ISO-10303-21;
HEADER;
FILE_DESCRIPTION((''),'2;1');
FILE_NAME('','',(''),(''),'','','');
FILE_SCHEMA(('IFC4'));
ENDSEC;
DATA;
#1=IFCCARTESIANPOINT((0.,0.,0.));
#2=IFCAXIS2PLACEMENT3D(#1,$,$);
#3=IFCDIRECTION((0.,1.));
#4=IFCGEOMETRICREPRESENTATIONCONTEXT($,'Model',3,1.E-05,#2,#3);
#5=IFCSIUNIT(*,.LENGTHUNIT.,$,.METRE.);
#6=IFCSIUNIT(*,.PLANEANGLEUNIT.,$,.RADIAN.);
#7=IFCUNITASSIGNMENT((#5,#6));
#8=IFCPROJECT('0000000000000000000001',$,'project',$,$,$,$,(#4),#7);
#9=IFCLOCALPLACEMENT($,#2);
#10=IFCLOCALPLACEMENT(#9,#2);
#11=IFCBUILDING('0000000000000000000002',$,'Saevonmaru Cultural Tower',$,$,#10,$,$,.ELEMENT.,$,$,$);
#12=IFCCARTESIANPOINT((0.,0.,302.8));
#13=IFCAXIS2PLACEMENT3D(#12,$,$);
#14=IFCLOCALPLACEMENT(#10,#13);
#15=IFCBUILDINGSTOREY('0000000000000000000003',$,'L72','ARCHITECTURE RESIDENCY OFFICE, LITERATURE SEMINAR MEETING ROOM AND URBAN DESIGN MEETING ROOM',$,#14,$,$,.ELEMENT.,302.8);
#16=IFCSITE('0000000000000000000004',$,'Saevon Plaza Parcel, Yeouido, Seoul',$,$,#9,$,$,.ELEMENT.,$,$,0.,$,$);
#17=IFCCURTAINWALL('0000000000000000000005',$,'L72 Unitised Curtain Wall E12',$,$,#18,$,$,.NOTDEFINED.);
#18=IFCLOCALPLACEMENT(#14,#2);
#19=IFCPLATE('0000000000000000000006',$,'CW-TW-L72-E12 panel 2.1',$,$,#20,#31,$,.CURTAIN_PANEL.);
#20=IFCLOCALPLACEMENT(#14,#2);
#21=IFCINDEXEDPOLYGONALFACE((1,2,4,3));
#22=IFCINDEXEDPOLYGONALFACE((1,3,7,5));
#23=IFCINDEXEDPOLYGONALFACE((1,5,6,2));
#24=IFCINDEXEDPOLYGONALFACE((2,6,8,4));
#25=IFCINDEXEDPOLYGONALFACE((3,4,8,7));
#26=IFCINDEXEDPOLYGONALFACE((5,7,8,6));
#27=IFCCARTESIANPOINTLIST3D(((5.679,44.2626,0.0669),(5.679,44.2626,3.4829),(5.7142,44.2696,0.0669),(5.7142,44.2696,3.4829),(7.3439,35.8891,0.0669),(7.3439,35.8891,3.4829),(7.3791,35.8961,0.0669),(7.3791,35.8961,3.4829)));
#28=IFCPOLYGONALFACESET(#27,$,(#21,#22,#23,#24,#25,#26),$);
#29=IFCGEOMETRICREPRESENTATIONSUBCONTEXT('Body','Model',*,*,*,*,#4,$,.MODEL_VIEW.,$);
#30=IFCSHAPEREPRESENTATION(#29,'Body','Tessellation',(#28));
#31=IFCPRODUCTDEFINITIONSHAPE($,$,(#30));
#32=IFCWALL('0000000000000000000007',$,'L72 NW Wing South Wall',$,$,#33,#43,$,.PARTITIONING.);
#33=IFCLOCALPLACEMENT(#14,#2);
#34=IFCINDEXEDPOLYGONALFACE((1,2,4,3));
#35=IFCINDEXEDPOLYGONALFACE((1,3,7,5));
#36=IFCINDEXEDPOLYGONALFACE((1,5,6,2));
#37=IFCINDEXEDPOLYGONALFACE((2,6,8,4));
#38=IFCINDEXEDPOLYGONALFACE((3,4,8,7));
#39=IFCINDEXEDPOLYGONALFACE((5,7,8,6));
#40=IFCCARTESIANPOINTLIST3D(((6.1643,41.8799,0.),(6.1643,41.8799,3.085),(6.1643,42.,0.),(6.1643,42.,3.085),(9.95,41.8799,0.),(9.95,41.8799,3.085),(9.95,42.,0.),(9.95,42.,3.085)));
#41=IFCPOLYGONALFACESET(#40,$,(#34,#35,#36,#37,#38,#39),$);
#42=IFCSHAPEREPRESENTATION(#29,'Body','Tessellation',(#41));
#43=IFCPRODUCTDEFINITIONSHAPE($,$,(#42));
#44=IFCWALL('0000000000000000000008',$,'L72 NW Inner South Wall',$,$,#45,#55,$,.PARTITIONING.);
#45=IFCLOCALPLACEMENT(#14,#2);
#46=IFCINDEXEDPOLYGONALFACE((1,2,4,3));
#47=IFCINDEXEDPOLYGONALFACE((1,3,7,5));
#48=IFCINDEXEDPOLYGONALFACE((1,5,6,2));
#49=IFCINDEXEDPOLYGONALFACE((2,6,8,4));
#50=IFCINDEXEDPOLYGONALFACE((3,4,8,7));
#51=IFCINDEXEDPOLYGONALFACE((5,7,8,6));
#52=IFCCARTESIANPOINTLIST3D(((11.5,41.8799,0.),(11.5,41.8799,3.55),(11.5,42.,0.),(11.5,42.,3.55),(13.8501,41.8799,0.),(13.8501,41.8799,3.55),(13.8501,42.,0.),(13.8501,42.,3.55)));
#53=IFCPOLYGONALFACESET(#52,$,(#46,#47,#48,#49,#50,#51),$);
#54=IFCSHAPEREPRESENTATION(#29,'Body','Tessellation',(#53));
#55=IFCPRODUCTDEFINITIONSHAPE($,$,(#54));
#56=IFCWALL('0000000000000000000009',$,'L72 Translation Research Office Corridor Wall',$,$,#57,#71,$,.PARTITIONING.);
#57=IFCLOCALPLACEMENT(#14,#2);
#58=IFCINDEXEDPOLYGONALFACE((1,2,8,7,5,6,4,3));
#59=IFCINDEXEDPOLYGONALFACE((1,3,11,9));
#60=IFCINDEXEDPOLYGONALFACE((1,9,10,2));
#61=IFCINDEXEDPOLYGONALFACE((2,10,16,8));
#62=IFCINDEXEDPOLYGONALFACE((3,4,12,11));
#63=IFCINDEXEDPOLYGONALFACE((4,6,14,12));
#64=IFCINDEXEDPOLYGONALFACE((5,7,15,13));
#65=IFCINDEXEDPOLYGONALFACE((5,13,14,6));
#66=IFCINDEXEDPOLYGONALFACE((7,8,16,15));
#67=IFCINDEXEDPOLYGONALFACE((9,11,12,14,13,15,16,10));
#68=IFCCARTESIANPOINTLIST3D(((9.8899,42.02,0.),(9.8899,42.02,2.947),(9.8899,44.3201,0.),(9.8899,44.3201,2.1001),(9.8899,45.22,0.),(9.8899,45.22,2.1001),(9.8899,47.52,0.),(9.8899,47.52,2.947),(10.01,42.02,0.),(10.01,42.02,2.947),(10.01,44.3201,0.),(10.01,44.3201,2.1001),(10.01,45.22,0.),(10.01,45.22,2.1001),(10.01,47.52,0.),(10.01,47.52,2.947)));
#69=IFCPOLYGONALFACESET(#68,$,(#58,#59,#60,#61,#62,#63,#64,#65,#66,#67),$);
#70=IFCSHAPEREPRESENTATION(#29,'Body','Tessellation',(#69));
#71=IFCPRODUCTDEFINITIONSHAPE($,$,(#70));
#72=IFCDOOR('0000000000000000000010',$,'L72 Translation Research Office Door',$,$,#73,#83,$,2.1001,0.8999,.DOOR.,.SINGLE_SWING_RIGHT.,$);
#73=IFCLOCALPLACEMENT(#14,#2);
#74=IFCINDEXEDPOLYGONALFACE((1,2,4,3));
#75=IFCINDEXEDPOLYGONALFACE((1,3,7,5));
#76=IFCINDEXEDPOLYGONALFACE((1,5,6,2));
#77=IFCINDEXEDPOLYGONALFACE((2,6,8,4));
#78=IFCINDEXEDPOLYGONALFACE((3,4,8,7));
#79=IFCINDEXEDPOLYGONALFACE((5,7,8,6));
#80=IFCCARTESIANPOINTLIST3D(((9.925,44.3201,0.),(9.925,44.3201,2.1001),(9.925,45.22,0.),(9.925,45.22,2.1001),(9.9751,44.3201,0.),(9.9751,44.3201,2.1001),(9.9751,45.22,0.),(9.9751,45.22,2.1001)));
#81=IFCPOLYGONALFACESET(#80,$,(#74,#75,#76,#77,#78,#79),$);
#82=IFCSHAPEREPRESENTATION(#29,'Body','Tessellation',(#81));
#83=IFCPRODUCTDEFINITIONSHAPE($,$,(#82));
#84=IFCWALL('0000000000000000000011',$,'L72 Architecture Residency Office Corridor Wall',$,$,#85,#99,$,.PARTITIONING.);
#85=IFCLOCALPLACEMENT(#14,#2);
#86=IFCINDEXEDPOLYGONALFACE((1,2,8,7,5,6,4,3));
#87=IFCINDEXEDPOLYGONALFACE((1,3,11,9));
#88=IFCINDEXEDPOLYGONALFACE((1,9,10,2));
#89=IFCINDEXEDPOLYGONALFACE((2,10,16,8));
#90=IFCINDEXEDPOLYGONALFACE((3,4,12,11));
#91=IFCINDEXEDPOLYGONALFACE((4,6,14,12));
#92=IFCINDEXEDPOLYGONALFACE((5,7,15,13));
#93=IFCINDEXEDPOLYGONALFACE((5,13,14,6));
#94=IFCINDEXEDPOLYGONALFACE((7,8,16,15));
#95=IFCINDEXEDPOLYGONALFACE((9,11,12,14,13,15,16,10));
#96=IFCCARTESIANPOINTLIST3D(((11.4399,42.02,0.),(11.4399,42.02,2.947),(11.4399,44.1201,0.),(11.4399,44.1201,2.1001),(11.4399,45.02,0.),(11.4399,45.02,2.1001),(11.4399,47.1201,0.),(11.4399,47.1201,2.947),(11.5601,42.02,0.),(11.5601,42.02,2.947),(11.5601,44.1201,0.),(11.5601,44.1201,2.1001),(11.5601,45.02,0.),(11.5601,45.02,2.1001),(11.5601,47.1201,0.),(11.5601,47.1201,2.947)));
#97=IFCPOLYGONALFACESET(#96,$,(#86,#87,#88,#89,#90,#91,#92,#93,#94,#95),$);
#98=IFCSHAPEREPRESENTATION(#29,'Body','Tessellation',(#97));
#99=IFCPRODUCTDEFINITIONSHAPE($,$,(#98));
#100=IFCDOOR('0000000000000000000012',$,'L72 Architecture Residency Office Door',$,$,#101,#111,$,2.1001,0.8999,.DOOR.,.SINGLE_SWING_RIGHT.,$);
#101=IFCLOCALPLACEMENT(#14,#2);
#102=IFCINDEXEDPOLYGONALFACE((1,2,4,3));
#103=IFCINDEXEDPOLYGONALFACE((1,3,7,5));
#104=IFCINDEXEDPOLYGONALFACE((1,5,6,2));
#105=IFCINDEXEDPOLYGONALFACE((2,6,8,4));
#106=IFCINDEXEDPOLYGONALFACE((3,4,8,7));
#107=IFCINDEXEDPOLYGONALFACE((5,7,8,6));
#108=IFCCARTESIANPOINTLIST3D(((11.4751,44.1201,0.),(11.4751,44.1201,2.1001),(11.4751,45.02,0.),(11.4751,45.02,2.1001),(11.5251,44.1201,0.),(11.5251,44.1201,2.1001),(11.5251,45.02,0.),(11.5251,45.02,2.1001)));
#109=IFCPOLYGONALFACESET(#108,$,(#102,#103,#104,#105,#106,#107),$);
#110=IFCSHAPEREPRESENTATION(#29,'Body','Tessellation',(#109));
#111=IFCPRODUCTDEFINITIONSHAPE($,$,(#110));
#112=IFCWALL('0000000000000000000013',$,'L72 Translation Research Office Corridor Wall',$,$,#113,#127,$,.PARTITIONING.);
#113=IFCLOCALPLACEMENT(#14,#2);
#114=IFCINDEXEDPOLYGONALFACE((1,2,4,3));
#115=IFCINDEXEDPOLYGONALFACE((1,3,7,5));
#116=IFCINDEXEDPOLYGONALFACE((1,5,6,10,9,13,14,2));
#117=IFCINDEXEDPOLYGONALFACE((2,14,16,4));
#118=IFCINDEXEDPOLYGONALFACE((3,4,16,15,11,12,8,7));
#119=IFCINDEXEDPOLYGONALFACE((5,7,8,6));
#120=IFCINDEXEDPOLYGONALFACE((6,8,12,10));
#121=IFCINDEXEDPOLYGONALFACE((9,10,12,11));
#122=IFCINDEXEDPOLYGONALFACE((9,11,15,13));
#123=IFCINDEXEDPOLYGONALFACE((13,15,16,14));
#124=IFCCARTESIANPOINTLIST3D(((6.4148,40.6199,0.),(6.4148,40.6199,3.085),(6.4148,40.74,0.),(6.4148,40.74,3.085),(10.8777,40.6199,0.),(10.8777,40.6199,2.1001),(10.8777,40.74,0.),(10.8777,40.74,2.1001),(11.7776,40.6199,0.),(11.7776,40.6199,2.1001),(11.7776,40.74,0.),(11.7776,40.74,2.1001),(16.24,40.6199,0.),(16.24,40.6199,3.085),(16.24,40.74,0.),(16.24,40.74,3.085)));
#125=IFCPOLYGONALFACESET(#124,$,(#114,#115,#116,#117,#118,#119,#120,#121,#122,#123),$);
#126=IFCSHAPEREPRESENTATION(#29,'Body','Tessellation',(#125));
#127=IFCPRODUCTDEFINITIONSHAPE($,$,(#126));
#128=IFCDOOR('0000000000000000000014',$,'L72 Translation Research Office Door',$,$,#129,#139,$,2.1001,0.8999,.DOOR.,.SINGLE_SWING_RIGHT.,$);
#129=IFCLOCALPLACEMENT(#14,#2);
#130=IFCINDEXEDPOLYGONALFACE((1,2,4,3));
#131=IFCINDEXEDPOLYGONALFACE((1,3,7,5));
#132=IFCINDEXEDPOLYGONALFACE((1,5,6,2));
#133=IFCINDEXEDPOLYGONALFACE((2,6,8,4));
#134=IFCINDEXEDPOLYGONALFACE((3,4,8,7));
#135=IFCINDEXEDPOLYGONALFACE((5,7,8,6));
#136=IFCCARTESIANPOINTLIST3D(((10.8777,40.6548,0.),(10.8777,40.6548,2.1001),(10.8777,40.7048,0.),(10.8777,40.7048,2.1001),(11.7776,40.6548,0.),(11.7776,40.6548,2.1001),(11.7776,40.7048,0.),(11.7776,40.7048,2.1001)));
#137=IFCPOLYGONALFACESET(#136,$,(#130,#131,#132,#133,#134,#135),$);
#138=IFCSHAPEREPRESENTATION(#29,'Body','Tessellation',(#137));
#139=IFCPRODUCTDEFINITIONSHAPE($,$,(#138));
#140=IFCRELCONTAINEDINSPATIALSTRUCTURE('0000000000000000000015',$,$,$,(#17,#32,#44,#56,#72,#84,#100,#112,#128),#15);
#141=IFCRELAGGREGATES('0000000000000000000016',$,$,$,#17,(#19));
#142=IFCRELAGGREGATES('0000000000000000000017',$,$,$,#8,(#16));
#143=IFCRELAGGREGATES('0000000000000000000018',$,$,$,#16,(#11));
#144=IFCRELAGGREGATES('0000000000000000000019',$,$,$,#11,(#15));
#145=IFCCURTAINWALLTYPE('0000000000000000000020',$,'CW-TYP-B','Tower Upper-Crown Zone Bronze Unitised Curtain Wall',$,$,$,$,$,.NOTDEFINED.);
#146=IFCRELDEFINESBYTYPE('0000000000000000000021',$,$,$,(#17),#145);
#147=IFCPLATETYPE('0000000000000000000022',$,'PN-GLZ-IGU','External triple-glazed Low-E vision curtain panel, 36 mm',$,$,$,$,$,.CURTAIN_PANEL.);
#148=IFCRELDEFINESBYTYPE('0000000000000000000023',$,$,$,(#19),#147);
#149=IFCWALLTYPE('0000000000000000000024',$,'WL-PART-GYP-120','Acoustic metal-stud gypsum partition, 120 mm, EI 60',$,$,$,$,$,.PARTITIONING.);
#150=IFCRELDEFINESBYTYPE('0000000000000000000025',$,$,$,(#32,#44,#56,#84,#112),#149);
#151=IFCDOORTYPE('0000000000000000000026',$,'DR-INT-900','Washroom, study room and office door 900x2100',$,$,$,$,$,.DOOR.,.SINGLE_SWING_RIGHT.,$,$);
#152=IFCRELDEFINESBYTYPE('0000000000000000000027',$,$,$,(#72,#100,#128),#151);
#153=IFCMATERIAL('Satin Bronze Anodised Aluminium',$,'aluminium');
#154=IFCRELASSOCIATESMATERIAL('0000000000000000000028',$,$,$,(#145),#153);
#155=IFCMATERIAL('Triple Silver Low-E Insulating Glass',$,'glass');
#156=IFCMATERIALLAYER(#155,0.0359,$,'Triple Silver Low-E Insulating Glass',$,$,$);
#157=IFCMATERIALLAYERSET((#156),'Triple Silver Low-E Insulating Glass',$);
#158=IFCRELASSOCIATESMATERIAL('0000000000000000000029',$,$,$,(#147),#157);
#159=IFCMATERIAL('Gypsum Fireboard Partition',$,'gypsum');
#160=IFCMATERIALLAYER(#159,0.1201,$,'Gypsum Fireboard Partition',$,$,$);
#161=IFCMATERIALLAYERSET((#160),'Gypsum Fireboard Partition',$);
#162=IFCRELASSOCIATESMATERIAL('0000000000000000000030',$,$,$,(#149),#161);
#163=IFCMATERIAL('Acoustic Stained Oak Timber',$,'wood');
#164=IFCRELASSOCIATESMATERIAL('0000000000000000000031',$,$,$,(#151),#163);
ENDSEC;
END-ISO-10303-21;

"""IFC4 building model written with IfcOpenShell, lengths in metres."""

from ifc_helpers import new_model, si_unit, direction, frame, frame_2d, origin, origin_2d, place, context, subcontext, project, spatial, rectangle, extrude, material, layer, layer_set, type_object, element, fill, aggregate, save


model = new_model("IFC4")

# Units and contexts
model_context = context("Model", 3, precision=1e-05, world=origin(), true_north=direction((0.0, 1.0)))
body_context = subcontext(model_context, "Body", "Model", "MODEL_VIEW")
ifc_project = project(units=[si_unit("LENGTHUNIT", "METRE"), si_unit("PLANEANGLEUNIT", "RADIAN")], contexts=[model_context])

# Site, building, storey
site_placement = place(None, origin())
site = spatial("IfcSite", under=ifc_project, at=site_placement, Name="Saevon Plaza Parcel, Yeouido, Seoul", CompositionType="ELEMENT", RefElevation=0.0)
building_placement = place(site_placement, origin())
building = spatial("IfcBuilding", under=site, at=building_placement, Name="Saevonmaru Cultural Tower", CompositionType="ELEMENT")
storey_placement = place(building_placement, frame((0.0, 0.0, 302.8)))
storey = spatial("IfcBuildingStorey", under=building, at=storey_placement, Name="L72", Description="ARCHITECTURE RESIDENCY OFFICE, LITERATURE SEMINAR MEETING ROOM AND URBAN DESIGN MEETING ROOM", CompositionType="ELEMENT", Elevation=302.8)

# Curtain wall, plate
ifc_material_1 = material(Name="Satin Bronze Anodised Aluminium", Category="aluminium")
curtain_wall_type = type_object("IfcCurtainWallType", Name="CW-TYP-B", Description="Tower Upper-Crown Zone Bronze Unitised Curtain Wall", PredefinedType="NOTDEFINED", material=ifc_material_1)
curtain_wall_placement = place(storey_placement, origin())
curtain_wall = element("IfcCurtainWall", 1, at=curtain_wall_placement, inside=storey, type_object=curtain_wall_type, Name="L72 Unitised Curtain Wall E12", PredefinedType="NOTDEFINED")
ifc_material_2 = material(Name="Triple Silver Low-E Insulating Glass", Category="glass")
ifc_layer_1 = layer(ifc_material_2, 0.0359, Name="Triple Silver Low-E Insulating Glass")
ifc_layer_set_1 = layer_set([ifc_layer_1], Name="Triple Silver Low-E Insulating Glass")
plate_type = type_object("IfcPlateType", Name="PN-GLZ-IGU", Description="External triple-glazed Low-E vision curtain panel, 36 mm", PredefinedType="CURTAIN_PANEL", material=ifc_layer_set_1)
plate_placement = place(storey_placement, frame((6.5291, 40.0793, 0.0669), z_axis=(0.0, 0.0, 1.0), x_axis=(0.195005, -0.980802, 0.0)))
plate = element("IfcPlate", 2, at=plate_placement, type_object=plate_type, Name="CW-TW-L72-E12 panel 2.1", PredefinedType="CURTAIN_PANEL", context=body_context, shape_type="SweptSolid", body=[
    extrude(rectangle(XDim=8.5374, YDim=0.0359, at=origin_2d()), origin(), (0.0, 0.0, 1.0), 3.416),
])
aggregate(curtain_wall, [plate])

# Walls
ifc_material_3 = material(Name="Gypsum Fireboard Partition", Category="gypsum")
ifc_layer_2 = layer(ifc_material_3, 0.1201, Name="Gypsum Fireboard Partition")
ifc_layer_set_2 = layer_set([ifc_layer_2], Name="Gypsum Fireboard Partition")
wall_type = type_object("IfcWallType", Name="WL-PART-GYP-120", Description="Acoustic metal-stud gypsum partition, 120 mm, EI 60", PredefinedType="PARTITIONING", material=ifc_layer_set_2)
wall_1_placement = place(storey_placement, frame((6.1643, 41.9399, 0.0), z_axis=(0.0, 0.0, 1.0), x_axis=(1.0, 0.0, 0.0)))
element("IfcWall", 3, at=wall_1_placement, inside=storey, type_object=wall_type, Name="L72 NW Wing South Wall", PredefinedType="PARTITIONING", context=body_context, shape_type="SweptSolid", body=[
    extrude(rectangle(XDim=3.7856, YDim=0.1201, at=frame_2d((1.8928, 0.0))), origin(), (0.0, 0.0, 1.0), 3.085),
])
wall_2_placement = place(storey_placement, frame((11.5, 41.9399, 0.0), z_axis=(0.0, 0.0, 1.0), x_axis=(1.0, 0.0, 0.0)))
element("IfcWall", 4, at=wall_2_placement, inside=storey, type_object=wall_type, Name="L72 NW Inner South Wall", PredefinedType="PARTITIONING", context=body_context, shape_type="SweptSolid", body=[
    extrude(rectangle(XDim=2.3501, YDim=0.1201, at=frame_2d((1.175, 0.0))), origin(), (0.0, 0.0, 1.0), 3.55),
])

# Walls, openings, doors
wall_3_placement = place(storey_placement, frame((9.95, 42.02, 0.0), z_axis=(0.0, 0.0, 1.0), x_axis=(0.0, 1.0, 0.0)))
wall_3 = element("IfcWall", 5, at=wall_3_placement, inside=storey, type_object=wall_type, Name="L72 Translation Research Office Corridor Wall", PredefinedType="PARTITIONING", context=body_context, shape_type="SweptSolid", body=[
    extrude(rectangle(XDim=5.5, YDim=0.1201, at=frame_2d((2.75, 0.0))), origin(), (0.0, 0.0, 1.0), 2.947),
])
opening_1_placement = place(wall_3_placement, frame((2.3, 0.0, 0.0)))
opening_1 = element("IfcOpeningElement", 6, at=opening_1_placement, cuts=wall_3, PredefinedType="OPENING", context=body_context, shape_type="SweptSolid", body=[
    extrude(rectangle(XDim=0.8999, YDim=2.1001, at=frame_2d((0.45, 1.05))), frame((0.0, 0.0701, 0.0), z_axis=(0.0, -1.0, 0.0), x_axis=(1.0, 0.0, 0.0)), (0.0, 0.0, 1.0), 0.1401),
])
ifc_material_4 = material(Name="Acoustic Stained Oak Timber", Category="wood")
door_type = type_object("IfcDoorType", Name="DR-INT-900", Description="Washroom, study room and office door 900x2100", OperationType="SINGLE_SWING_RIGHT", PredefinedType="DOOR", material=ifc_material_4)
door_1_placement = place(opening_1_placement, origin())
door_1 = element("IfcDoor", 7, at=door_1_placement, inside=storey, type_object=door_type, Name="L72 Translation Research Office Door", OperationType="SINGLE_SWING_RIGHT", OverallHeight=2.1001, OverallWidth=0.8999, PredefinedType="DOOR", context=body_context, shape_type="SweptSolid", body=[
    extrude(rectangle(XDim=0.8999, YDim=2.1001, at=frame_2d((0.45, 1.05))), frame((0.0, 0.0249, 0.0), z_axis=(0.0, -1.0, 0.0), x_axis=(1.0, 0.0, 0.0)), (0.0, 0.0, 1.0), 0.05),
])
fill(opening_1, door_1)
wall_4_placement = place(storey_placement, frame((11.5, 42.02, 0.0), z_axis=(0.0, 0.0, 1.0), x_axis=(0.0, 1.0, 0.0)))
wall_4 = element("IfcWall", 8, at=wall_4_placement, inside=storey, type_object=wall_type, Name="L72 Architecture Residency Office Corridor Wall", PredefinedType="PARTITIONING", context=body_context, shape_type="SweptSolid", body=[
    extrude(rectangle(XDim=5.1001, YDim=0.1201, at=frame_2d((2.55, 0.0))), origin(), (0.0, 0.0, 1.0), 2.947),
])
opening_2_placement = place(wall_4_placement, frame((2.1001, 0.0, 0.0)))
opening_2 = element("IfcOpeningElement", 9, at=opening_2_placement, cuts=wall_4, PredefinedType="OPENING", context=body_context, shape_type="SweptSolid", body=[
    extrude(rectangle(XDim=0.8999, YDim=2.1001, at=frame_2d((0.45, 1.05))), frame((0.0, 0.0701, 0.0), z_axis=(0.0, -1.0, 0.0), x_axis=(1.0, 0.0, 0.0)), (0.0, 0.0, 1.0), 0.1401),
])
door_2_placement = place(opening_2_placement, origin())
door_2 = element("IfcDoor", 10, at=door_2_placement, inside=storey, type_object=door_type, Name="L72 Architecture Residency Office Door", OperationType="SINGLE_SWING_RIGHT", OverallHeight=2.1001, OverallWidth=0.8999, PredefinedType="DOOR", context=body_context, shape_type="SweptSolid", body=[
    extrude(rectangle(XDim=0.8999, YDim=2.1001, at=frame_2d((0.45, 1.05))), frame((0.0, 0.0249, 0.0), z_axis=(0.0, -1.0, 0.0), x_axis=(1.0, 0.0, 0.0)), (0.0, 0.0, 1.0), 0.05),
])
fill(opening_2, door_2)
wall_5_placement = place(storey_placement, frame((6.4148, 40.6799, 0.0), z_axis=(0.0, 0.0, 1.0), x_axis=(1.0, 0.0, 0.0)))
wall_5 = element("IfcWall", 11, at=wall_5_placement, inside=storey, type_object=wall_type, Name="L72 Translation Research Office Corridor Wall", PredefinedType="PARTITIONING", context=body_context, shape_type="SweptSolid", body=[
    extrude(rectangle(XDim=9.8252, YDim=0.1201, at=frame_2d((4.9126, 0.0))), origin(), (0.0, 0.0, 1.0), 3.085),
])
opening_3_placement = place(wall_5_placement, frame((4.4629, 0.0, 0.0)))
opening_3 = element("IfcOpeningElement", 12, at=opening_3_placement, cuts=wall_5, PredefinedType="OPENING", context=body_context, shape_type="SweptSolid", body=[
    extrude(rectangle(XDim=0.8999, YDim=2.1001, at=frame_2d((0.45, 1.05))), frame((0.0, 0.0701, 0.0), z_axis=(0.0, -1.0, 0.0), x_axis=(1.0, 0.0, 0.0)), (0.0, 0.0, 1.0), 0.1401),
])
door_3_placement = place(opening_3_placement, origin())
door_3 = element("IfcDoor", 13, at=door_3_placement, inside=storey, type_object=door_type, Name="L72 Translation Research Office Door", OperationType="SINGLE_SWING_RIGHT", OverallHeight=2.1001, OverallWidth=0.8999, PredefinedType="DOOR", context=body_context, shape_type="SweptSolid", body=[
    extrude(rectangle(XDim=0.8999, YDim=2.1001, at=frame_2d((0.45, 1.05))), frame((0.0, 0.0249, 0.0), z_axis=(0.0, -1.0, 0.0), x_axis=(1.0, 0.0, 0.0)), (0.0, 0.0, 1.0), 0.05),
])
fill(opening_3, door_3)

save(model, "model.ifc")
